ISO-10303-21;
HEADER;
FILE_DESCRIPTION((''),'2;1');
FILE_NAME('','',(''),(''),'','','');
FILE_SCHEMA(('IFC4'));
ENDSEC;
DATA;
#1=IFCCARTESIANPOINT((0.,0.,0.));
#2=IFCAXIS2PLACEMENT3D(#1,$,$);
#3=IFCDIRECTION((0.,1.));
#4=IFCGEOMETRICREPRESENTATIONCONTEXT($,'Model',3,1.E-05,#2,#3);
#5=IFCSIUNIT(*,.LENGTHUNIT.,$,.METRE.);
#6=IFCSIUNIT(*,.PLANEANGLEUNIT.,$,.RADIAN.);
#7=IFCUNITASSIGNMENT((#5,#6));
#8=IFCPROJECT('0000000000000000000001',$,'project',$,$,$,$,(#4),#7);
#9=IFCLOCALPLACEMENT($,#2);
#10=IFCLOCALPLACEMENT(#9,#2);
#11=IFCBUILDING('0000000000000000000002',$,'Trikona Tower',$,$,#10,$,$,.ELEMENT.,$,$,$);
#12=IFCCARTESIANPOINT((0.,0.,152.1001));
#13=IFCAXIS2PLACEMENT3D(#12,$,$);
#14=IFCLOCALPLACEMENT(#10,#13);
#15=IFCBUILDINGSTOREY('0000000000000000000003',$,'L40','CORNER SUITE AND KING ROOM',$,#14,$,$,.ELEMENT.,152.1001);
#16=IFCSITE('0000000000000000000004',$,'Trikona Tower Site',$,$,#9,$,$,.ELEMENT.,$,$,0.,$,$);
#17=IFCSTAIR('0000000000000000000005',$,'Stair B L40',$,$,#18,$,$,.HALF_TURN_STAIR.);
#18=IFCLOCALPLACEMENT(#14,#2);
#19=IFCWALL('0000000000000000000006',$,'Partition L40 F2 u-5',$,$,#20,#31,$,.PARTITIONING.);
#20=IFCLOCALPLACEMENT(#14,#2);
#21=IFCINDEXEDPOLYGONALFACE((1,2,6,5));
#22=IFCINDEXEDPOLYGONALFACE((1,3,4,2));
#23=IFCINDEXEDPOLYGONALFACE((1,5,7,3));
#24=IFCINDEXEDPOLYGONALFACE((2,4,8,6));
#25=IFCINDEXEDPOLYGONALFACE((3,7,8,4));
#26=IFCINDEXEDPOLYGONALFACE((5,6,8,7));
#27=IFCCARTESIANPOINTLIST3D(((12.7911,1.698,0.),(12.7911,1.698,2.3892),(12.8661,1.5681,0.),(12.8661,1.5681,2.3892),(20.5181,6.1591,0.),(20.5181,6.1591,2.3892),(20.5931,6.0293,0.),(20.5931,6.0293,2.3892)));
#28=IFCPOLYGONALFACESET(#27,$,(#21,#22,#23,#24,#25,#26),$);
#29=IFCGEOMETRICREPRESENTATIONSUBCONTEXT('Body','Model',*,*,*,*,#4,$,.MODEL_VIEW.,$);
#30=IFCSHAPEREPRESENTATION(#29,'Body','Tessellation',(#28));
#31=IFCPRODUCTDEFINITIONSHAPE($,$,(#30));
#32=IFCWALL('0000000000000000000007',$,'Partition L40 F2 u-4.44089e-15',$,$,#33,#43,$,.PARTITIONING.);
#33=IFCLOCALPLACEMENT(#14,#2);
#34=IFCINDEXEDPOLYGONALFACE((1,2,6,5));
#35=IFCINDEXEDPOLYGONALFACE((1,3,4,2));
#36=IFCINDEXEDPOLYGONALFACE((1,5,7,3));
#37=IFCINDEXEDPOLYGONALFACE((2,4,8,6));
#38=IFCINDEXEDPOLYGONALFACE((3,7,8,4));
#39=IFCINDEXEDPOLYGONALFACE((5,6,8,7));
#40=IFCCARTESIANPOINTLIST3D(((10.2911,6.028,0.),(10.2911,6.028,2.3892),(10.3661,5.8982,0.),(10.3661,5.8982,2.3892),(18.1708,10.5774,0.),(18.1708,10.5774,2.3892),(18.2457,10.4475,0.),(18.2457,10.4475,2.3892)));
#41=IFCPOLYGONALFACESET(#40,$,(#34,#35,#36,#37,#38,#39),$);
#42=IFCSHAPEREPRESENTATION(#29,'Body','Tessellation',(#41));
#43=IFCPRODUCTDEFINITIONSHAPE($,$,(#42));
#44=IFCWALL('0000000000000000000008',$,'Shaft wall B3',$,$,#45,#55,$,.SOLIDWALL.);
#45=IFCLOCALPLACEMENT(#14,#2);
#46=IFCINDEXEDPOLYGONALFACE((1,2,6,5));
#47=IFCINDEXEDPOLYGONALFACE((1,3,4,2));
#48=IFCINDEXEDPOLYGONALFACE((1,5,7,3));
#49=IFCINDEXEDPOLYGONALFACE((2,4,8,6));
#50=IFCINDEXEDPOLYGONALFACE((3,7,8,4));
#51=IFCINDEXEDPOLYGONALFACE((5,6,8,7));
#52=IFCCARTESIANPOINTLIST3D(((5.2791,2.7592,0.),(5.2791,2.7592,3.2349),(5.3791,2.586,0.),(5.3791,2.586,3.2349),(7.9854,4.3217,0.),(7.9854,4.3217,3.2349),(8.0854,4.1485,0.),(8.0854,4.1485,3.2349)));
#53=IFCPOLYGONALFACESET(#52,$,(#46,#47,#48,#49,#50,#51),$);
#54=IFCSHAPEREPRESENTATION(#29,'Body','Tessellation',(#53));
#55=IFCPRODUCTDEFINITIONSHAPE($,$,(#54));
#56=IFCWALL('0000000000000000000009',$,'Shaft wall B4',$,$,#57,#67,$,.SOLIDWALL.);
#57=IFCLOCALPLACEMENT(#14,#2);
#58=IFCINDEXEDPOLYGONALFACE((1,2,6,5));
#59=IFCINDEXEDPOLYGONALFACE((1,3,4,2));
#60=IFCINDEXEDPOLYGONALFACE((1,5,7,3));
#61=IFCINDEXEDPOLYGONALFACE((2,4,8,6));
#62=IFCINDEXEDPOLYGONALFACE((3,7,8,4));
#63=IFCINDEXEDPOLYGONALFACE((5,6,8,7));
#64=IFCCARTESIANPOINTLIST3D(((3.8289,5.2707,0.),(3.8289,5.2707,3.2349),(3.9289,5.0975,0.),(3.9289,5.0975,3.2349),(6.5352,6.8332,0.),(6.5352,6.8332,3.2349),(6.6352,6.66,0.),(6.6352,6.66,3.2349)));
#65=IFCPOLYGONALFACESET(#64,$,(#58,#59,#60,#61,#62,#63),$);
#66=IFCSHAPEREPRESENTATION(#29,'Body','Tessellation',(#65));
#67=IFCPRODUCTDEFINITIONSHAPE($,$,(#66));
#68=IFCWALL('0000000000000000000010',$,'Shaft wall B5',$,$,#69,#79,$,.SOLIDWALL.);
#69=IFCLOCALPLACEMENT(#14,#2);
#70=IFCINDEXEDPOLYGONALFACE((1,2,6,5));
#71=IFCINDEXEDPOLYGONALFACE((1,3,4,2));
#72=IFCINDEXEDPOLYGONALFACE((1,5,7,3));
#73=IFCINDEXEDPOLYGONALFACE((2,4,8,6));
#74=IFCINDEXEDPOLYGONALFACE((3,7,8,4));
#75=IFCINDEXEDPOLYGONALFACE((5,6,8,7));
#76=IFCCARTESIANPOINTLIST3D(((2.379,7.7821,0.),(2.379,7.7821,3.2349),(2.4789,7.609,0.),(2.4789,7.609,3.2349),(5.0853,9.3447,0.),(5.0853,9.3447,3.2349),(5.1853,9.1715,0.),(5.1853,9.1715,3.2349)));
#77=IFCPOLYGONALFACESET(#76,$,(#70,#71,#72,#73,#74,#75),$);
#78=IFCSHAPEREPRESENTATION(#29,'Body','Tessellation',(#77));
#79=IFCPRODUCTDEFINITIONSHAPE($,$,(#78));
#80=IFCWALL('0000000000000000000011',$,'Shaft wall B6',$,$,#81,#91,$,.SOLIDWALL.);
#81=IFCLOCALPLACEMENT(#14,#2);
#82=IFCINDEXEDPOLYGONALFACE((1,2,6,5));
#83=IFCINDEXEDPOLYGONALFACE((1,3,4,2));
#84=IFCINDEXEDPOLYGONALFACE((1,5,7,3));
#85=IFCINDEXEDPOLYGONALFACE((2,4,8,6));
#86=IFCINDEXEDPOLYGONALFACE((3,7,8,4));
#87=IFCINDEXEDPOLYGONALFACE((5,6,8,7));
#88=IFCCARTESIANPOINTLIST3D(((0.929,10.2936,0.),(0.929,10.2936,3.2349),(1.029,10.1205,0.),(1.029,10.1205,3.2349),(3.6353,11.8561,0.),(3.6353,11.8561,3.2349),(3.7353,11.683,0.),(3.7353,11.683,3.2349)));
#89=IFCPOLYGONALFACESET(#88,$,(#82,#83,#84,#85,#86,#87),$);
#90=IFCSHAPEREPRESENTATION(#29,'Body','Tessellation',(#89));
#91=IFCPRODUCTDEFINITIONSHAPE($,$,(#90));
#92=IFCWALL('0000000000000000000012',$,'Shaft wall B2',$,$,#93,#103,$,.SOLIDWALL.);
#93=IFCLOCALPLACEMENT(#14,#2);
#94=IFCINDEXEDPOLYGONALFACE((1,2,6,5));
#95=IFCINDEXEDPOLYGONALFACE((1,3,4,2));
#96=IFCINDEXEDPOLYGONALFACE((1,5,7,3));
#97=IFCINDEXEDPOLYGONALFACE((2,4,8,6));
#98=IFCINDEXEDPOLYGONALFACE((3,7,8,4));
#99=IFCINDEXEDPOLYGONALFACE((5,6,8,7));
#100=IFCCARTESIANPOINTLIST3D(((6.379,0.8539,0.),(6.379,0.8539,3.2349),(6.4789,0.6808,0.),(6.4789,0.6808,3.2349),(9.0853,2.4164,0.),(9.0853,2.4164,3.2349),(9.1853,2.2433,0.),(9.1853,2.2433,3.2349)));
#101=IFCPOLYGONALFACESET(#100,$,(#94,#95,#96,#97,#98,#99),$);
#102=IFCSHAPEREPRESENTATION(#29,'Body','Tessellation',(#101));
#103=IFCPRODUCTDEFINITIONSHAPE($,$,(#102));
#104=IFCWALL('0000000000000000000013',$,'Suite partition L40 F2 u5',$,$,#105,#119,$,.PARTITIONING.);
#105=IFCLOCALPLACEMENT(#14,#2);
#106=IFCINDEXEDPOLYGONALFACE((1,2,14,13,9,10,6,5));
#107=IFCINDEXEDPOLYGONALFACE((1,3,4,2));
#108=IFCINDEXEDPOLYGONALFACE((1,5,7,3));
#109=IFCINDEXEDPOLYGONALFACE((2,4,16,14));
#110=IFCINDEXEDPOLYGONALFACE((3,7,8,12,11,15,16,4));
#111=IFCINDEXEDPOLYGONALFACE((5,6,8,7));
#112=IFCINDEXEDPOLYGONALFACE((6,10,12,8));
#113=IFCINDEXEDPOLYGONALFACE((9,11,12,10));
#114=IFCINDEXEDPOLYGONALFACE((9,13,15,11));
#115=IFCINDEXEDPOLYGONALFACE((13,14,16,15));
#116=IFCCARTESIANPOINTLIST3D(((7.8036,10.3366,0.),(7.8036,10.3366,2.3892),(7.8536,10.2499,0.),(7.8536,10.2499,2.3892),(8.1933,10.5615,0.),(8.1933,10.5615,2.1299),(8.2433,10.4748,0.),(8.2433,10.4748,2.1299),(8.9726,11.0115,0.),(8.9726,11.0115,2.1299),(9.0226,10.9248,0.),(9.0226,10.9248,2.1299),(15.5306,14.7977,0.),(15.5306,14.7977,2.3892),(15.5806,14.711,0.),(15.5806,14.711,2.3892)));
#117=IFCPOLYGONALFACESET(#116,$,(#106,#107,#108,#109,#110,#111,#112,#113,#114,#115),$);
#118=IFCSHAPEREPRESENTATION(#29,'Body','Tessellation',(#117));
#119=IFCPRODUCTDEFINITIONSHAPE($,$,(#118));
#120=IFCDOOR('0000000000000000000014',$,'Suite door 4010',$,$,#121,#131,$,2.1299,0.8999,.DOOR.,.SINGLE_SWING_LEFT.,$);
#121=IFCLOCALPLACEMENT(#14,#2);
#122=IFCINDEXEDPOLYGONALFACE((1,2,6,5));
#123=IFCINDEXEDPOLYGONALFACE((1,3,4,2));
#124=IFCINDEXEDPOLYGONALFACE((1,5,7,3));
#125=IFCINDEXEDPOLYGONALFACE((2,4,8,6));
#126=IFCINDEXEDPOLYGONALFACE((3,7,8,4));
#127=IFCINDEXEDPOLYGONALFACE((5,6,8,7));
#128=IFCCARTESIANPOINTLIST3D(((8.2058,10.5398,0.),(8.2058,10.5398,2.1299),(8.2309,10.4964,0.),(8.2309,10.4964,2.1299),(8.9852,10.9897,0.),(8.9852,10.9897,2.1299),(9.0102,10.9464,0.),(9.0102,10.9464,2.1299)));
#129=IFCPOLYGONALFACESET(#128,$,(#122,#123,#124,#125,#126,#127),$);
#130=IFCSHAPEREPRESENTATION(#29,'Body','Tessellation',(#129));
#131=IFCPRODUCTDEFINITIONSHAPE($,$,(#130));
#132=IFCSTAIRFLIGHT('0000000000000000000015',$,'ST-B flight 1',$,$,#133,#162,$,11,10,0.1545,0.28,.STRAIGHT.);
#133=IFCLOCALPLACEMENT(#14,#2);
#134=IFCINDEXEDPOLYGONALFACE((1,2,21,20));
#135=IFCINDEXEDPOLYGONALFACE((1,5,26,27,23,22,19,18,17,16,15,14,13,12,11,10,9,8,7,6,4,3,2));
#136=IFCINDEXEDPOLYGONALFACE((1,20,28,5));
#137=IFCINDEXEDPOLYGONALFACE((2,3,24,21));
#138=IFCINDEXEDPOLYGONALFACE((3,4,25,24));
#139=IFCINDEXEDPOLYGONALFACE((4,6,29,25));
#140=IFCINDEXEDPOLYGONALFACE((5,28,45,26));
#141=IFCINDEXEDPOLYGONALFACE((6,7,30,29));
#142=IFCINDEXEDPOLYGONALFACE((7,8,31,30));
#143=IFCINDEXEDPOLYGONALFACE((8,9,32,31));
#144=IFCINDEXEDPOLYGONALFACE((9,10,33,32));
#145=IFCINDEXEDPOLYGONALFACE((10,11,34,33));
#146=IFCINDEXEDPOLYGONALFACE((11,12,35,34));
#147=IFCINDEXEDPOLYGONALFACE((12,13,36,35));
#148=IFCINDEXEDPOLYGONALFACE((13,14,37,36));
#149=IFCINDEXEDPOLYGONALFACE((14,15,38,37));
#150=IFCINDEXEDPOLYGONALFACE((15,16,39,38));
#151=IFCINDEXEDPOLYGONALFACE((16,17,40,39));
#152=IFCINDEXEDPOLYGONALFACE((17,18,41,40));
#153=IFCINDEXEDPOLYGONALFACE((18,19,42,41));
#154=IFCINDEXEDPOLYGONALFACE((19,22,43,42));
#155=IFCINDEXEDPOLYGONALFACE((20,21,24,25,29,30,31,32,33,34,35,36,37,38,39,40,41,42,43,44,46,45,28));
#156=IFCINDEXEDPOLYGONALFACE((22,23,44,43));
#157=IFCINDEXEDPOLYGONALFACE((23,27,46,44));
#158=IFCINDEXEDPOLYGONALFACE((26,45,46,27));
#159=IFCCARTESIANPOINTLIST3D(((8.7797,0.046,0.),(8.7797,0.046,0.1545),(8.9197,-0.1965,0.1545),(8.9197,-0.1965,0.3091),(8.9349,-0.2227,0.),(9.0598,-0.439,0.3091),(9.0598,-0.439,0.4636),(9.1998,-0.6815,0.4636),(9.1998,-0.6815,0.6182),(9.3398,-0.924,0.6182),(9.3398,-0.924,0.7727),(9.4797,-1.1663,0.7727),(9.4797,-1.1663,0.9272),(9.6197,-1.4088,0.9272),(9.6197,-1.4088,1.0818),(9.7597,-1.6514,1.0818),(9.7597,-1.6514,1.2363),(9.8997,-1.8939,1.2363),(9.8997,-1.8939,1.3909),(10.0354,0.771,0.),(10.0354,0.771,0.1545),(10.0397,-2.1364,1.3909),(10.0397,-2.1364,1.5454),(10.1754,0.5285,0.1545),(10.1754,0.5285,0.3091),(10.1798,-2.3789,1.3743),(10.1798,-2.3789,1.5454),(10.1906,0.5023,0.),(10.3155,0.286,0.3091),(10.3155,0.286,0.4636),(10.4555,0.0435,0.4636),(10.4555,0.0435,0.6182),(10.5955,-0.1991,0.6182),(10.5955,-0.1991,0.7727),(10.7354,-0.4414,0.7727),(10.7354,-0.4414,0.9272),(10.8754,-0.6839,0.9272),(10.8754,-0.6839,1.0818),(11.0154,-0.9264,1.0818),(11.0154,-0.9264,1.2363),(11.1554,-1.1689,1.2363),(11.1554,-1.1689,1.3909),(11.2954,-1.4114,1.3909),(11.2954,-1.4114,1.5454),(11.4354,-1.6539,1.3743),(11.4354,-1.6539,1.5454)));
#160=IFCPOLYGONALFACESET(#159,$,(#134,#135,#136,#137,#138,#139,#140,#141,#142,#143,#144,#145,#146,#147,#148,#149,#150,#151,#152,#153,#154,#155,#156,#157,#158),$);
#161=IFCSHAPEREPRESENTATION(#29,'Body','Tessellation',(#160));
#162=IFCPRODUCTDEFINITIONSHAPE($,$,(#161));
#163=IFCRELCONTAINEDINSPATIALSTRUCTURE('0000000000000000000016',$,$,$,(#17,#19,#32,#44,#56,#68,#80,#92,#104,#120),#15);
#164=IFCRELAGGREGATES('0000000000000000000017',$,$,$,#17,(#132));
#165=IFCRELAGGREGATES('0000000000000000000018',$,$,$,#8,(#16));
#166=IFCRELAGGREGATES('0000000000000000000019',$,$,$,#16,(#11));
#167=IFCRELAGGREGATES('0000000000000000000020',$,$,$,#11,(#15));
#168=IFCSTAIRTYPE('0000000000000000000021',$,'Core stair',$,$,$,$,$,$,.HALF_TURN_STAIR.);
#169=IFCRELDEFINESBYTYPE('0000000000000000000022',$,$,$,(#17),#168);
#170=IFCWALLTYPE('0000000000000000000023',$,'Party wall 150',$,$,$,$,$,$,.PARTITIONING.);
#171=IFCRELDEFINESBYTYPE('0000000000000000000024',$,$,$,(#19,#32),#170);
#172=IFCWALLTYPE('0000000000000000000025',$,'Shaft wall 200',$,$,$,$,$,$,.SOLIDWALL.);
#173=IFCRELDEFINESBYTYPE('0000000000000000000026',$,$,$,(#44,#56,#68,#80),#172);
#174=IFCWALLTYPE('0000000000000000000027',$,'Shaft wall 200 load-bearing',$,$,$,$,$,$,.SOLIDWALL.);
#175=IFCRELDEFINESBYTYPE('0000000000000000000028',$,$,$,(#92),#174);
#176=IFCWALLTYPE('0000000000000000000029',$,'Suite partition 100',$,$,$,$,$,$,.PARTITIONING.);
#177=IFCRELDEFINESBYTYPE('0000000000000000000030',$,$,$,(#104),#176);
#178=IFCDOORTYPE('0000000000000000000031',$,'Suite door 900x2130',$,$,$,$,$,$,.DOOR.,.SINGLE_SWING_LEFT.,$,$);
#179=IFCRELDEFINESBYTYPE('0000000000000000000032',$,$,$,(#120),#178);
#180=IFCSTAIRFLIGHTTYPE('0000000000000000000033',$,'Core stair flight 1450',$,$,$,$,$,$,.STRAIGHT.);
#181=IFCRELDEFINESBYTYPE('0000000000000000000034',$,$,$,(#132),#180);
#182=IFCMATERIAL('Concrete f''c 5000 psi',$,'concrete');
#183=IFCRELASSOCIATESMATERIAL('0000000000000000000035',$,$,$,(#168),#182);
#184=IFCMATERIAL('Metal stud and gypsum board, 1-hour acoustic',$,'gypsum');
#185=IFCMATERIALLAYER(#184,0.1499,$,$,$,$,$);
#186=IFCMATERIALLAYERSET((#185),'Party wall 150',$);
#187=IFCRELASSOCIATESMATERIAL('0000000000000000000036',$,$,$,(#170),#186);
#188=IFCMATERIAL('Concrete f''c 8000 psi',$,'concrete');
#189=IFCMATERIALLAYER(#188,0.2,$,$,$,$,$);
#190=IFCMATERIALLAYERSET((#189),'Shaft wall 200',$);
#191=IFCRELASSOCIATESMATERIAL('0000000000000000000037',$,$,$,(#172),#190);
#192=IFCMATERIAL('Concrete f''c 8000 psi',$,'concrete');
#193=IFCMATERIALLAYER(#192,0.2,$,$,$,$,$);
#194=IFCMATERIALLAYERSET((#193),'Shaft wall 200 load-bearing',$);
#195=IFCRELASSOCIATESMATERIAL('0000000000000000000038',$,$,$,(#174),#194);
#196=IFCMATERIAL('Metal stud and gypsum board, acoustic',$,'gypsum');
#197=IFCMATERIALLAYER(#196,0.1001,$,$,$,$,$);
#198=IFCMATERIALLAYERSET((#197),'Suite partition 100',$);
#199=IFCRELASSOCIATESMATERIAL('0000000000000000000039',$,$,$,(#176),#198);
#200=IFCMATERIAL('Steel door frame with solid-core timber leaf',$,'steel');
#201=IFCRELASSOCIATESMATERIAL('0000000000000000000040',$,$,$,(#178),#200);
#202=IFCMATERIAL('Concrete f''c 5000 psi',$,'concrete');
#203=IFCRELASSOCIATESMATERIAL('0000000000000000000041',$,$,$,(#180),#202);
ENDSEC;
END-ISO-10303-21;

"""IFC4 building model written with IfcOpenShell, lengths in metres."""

from ifc_helpers import new_model, si_unit, direction, frame, frame_2d, origin, place, context, subcontext, project, spatial, polyline, rectangle, outline, extrude, material, layer, layer_set, type_object, element, fill, aggregate, save


model = new_model("IFC4")

# Units and contexts
model_context = context("Model", 3, precision=1e-05, world=origin(), true_north=direction((0.0, 1.0)))
body_context = subcontext(model_context, "Body", "Model", "MODEL_VIEW")
ifc_project = project(units=[si_unit("LENGTHUNIT", "METRE"), si_unit("PLANEANGLEUNIT", "RADIAN")], contexts=[model_context])

# Site, building, storey
site_placement = place(None, origin())
site = spatial("IfcSite", under=ifc_project, at=site_placement, Name="Trikona Tower Site", CompositionType="ELEMENT", RefElevation=0.0)
building_placement = place(site_placement, origin())
building = spatial("IfcBuilding", under=site, at=building_placement, Name="Trikona Tower", CompositionType="ELEMENT")
storey_placement = place(building_placement, frame((0.0, 0.0, 152.1001)))
storey = spatial("IfcBuildingStorey", under=building, at=storey_placement, Name="L40", Description="CORNER SUITE AND KING ROOM", CompositionType="ELEMENT", Elevation=152.1001)

# Stair
ifc_material_1 = material(Name="Concrete f'c 5000 psi", Category="concrete")
stair_type = type_object("IfcStairType", Name="Core stair", PredefinedType="HALF_TURN_STAIR", material=ifc_material_1)
stair_1_placement = place(storey_placement, origin())
stair_1 = element("IfcStair", 1, at=stair_1_placement, inside=storey, type_object=stair_type, Name="Stair B L40", PredefinedType="HALF_TURN_STAIR")

# Walls
ifc_material_2 = material(Name="Metal stud and gypsum board, 1-hour acoustic", Category="gypsum")
ifc_layer_1 = layer(ifc_material_2, 0.1499)
ifc_layer_set_1 = layer_set([ifc_layer_1], Name="Party wall 150")
wall_type_1 = type_object("IfcWallType", Name="Party wall 150", PredefinedType="PARTITIONING", material=ifc_layer_set_1)
wall_1_placement = place(storey_placement, frame((12.8286, 1.6331, 0.0), z_axis=(0.0, 0.0, 1.0), x_axis=(0.866027, 0.499997, 0.0)))
element("IfcWall", 2, at=wall_1_placement, inside=storey, type_object=wall_type_1, Name="Partition L40 F2 u-5", PredefinedType="PARTITIONING", context=body_context, shape_type="SweptSolid", body=[
    extrude(rectangle(XDim=8.9224, YDim=0.1499, at=frame_2d((4.4612, 0.0))), origin(), (0.0, 0.0, 1.0), 2.3892),
])
wall_2_placement = place(storey_placement, frame((10.3286, 5.9631, 0.0), z_axis=(0.0, 0.0, 1.0), x_axis=(0.866025, 0.5, 0.0)))
element("IfcWall", 3, at=wall_2_placement, inside=storey, type_object=wall_type_1, Name="Partition L40 F2 u-4.44089e-15", PredefinedType="PARTITIONING", context=body_context, shape_type="SweptSolid", body=[
    extrude(rectangle(XDim=9.0986, YDim=0.1499, at=frame_2d((4.5493, 0.0))), origin(), (0.0, 0.0, 1.0), 2.3892),
])
ifc_material_3 = material(Name="Concrete f'c 8000 psi", Category="concrete")
ifc_layer_2 = layer(ifc_material_3, 0.2)
ifc_layer_set_2 = layer_set([ifc_layer_2], Name="Shaft wall 200")
wall_type_2 = type_object("IfcWallType", Name="Shaft wall 200", PredefinedType="SOLIDWALL", material=ifc_layer_set_2)
for number, where, z_axis, x_axis, name in (
    (4, (5.3291, 2.6726, 0.0), (0.0, 0.0, 1.0), (0.866023, 0.500004, 0.0), "Shaft wall B3"),
    (5, (3.8789, 5.1841, 0.0), (0.0, 0.0, 1.0), (0.866023, 0.500004, 0.0), "Shaft wall B4"),
    (6, (2.429, 7.6956, 0.0), (0.0, 0.0, 1.0), (0.866023, 0.500004, 0.0), "Shaft wall B5"),
    (7, (0.979, 10.207, 0.0), (0.0, 0.0, 1.0), (0.866023, 0.500004, 0.0), "Shaft wall B6"),
):
    element("IfcWall", number, at=place(storey_placement, frame(where, z_axis=z_axis, x_axis=x_axis)), inside=storey, type_object=wall_type_2, Name=name, PredefinedType="SOLIDWALL", context=body_context, shape_type="SweptSolid", body=[
        extrude(rectangle(XDim=3.125, YDim=0.2, at=frame_2d((1.5625, 0.0))), origin(), (0.0, 0.0, 1.0), 3.2349),
    ])
ifc_material_4 = material(Name="Concrete f'c 8000 psi", Category="concrete")
ifc_layer_3 = layer(ifc_material_4, 0.2)
ifc_layer_set_3 = layer_set([ifc_layer_3], Name="Shaft wall 200 load-bearing")
wall_type_3 = type_object("IfcWallType", Name="Shaft wall 200 load-bearing", PredefinedType="SOLIDWALL", material=ifc_layer_set_3)
wall_3_placement = place(storey_placement, frame((6.429, 0.7673, 0.0), z_axis=(0.0, 0.0, 1.0), x_axis=(0.866023, 0.500004, 0.0)))
element("IfcWall", 8, at=wall_3_placement, inside=storey, type_object=wall_type_3, Name="Shaft wall B2", PredefinedType="SOLIDWALL", context=body_context, shape_type="SweptSolid", body=[
    extrude(rectangle(XDim=3.125, YDim=0.2, at=frame_2d((1.5625, 0.0))), origin(), (0.0, 0.0, 1.0), 3.2349),
])

# Wall, opening, door
ifc_material_5 = material(Name="Metal stud and gypsum board, acoustic", Category="gypsum")
ifc_layer_4 = layer(ifc_material_5, 0.1001)
ifc_layer_set_4 = layer_set([ifc_layer_4], Name="Suite partition 100")
wall_type_4 = type_object("IfcWallType", Name="Suite partition 100", PredefinedType="PARTITIONING", material=ifc_layer_set_4)
wall_4_placement = place(storey_placement, frame((7.8286, 10.2932, 0.0), z_axis=(0.0, 0.0, 1.0), x_axis=(0.866027, 0.499997, 0.0)))
wall_4 = element("IfcWall", 9, at=wall_4_placement, inside=storey, type_object=wall_type_4, Name="Suite partition L40 F2 u5", PredefinedType="PARTITIONING", context=body_context, shape_type="SweptSolid", body=[
    extrude(rectangle(XDim=8.9224, YDim=0.1001, at=frame_2d((4.4612, 0.0))), origin(), (0.0, 0.0, 1.0), 2.3892),
])
opening_1_placement = place(wall_4_placement, frame((0.45, 0.0, 0.0)))
opening_1 = element("IfcOpeningElement", 10, at=opening_1_placement, cuts=wall_4, PredefinedType="OPENING", context=body_context, shape_type="SweptSolid", body=[
    extrude(rectangle(XDim=0.8999, YDim=2.1299, at=frame_2d((0.45, 1.0649))), frame((0.0, 0.0601, 0.0), z_axis=(0.0, -1.0, 0.0), x_axis=(1.0, 0.0, 0.0)), (0.0, 0.0, 1.0), 0.1201),
])
ifc_material_6 = material(Name="Steel door frame with solid-core timber leaf", Category="steel")
door_type_1 = type_object("IfcDoorType", Name="Suite door 900x2130", OperationType="SINGLE_SWING_LEFT", PredefinedType="DOOR", material=ifc_material_6)
door_1_placement = place(opening_1_placement, origin())
door_1 = element("IfcDoor", 11, at=door_1_placement, inside=storey, type_object=door_type_1, Name="Suite door 4010", OperationType="SINGLE_SWING_LEFT", OverallHeight=2.1299, OverallWidth=0.8999, PredefinedType="DOOR", context=body_context, shape_type="SweptSolid", body=[
    extrude(rectangle(XDim=0.8999, YDim=2.1299, at=frame_2d((0.45, 1.0649))), frame((0.0, 0.0249, 0.0), z_axis=(0.0, -1.0, 0.0), x_axis=(1.0, 0.0, 0.0)), (0.0, 0.0, 1.0), 0.05),
])
fill(opening_1, door_1)

# Stair flight
ifc_material_7 = material(Name="Concrete f'c 5000 psi", Category="concrete")
stair_flight_type = type_object("IfcStairFlightType", Name="Core stair flight 1450", PredefinedType="STRAIGHT", material=ifc_material_7)
stair_flight_placement = place(storey_placement, frame((9.4075, 0.4084, 0.0), z_axis=(0.0, 0.0, 1.0), x_axis=(0.5, -0.866025, 0.0)))
stair_flight = element("IfcStairFlight", 12, at=stair_flight_placement, type_object=stair_flight_type, Name="ST-B flight 1", NumberOfRisers=11, NumberOfTreads=10, PredefinedType="STRAIGHT", RiserHeight=0.1545, TreadLength=0.28, context=body_context, shape_type="SweptSolid", body=[
    extrude(outline(polyline([(0.0, 0.0), (0.0, 0.1545), (0.28, 0.1545), (0.28, 0.3091), (0.5601, 0.3091), (0.5601, 0.4636), (0.8401, 0.4636), (0.8401, 0.6182), (1.1201, 0.6182), (1.1201, 0.7727), (1.3999, 0.7727), (1.3999, 0.9272), (1.6799, 0.9272), (1.6799, 1.0818), (1.96, 1.0818), (1.96, 1.2363), (2.24, 1.2363), (2.24, 1.3909), (2.52, 1.3909), (2.52, 1.5454), (2.8, 1.5454), (2.8, 1.7), (2.8, 1.3743), (0.3103, 0.0), (0.0, 0.0)])), frame((0.0, 0.7251, 0.0), z_axis=(0.0, -1.0, 0.0), x_axis=(1.0, 0.0, 0.0)), (0.0, 0.0, 1.0), 1.45),
])
aggregate(stair_1, [stair_flight])

save(model, "model.ifc")
